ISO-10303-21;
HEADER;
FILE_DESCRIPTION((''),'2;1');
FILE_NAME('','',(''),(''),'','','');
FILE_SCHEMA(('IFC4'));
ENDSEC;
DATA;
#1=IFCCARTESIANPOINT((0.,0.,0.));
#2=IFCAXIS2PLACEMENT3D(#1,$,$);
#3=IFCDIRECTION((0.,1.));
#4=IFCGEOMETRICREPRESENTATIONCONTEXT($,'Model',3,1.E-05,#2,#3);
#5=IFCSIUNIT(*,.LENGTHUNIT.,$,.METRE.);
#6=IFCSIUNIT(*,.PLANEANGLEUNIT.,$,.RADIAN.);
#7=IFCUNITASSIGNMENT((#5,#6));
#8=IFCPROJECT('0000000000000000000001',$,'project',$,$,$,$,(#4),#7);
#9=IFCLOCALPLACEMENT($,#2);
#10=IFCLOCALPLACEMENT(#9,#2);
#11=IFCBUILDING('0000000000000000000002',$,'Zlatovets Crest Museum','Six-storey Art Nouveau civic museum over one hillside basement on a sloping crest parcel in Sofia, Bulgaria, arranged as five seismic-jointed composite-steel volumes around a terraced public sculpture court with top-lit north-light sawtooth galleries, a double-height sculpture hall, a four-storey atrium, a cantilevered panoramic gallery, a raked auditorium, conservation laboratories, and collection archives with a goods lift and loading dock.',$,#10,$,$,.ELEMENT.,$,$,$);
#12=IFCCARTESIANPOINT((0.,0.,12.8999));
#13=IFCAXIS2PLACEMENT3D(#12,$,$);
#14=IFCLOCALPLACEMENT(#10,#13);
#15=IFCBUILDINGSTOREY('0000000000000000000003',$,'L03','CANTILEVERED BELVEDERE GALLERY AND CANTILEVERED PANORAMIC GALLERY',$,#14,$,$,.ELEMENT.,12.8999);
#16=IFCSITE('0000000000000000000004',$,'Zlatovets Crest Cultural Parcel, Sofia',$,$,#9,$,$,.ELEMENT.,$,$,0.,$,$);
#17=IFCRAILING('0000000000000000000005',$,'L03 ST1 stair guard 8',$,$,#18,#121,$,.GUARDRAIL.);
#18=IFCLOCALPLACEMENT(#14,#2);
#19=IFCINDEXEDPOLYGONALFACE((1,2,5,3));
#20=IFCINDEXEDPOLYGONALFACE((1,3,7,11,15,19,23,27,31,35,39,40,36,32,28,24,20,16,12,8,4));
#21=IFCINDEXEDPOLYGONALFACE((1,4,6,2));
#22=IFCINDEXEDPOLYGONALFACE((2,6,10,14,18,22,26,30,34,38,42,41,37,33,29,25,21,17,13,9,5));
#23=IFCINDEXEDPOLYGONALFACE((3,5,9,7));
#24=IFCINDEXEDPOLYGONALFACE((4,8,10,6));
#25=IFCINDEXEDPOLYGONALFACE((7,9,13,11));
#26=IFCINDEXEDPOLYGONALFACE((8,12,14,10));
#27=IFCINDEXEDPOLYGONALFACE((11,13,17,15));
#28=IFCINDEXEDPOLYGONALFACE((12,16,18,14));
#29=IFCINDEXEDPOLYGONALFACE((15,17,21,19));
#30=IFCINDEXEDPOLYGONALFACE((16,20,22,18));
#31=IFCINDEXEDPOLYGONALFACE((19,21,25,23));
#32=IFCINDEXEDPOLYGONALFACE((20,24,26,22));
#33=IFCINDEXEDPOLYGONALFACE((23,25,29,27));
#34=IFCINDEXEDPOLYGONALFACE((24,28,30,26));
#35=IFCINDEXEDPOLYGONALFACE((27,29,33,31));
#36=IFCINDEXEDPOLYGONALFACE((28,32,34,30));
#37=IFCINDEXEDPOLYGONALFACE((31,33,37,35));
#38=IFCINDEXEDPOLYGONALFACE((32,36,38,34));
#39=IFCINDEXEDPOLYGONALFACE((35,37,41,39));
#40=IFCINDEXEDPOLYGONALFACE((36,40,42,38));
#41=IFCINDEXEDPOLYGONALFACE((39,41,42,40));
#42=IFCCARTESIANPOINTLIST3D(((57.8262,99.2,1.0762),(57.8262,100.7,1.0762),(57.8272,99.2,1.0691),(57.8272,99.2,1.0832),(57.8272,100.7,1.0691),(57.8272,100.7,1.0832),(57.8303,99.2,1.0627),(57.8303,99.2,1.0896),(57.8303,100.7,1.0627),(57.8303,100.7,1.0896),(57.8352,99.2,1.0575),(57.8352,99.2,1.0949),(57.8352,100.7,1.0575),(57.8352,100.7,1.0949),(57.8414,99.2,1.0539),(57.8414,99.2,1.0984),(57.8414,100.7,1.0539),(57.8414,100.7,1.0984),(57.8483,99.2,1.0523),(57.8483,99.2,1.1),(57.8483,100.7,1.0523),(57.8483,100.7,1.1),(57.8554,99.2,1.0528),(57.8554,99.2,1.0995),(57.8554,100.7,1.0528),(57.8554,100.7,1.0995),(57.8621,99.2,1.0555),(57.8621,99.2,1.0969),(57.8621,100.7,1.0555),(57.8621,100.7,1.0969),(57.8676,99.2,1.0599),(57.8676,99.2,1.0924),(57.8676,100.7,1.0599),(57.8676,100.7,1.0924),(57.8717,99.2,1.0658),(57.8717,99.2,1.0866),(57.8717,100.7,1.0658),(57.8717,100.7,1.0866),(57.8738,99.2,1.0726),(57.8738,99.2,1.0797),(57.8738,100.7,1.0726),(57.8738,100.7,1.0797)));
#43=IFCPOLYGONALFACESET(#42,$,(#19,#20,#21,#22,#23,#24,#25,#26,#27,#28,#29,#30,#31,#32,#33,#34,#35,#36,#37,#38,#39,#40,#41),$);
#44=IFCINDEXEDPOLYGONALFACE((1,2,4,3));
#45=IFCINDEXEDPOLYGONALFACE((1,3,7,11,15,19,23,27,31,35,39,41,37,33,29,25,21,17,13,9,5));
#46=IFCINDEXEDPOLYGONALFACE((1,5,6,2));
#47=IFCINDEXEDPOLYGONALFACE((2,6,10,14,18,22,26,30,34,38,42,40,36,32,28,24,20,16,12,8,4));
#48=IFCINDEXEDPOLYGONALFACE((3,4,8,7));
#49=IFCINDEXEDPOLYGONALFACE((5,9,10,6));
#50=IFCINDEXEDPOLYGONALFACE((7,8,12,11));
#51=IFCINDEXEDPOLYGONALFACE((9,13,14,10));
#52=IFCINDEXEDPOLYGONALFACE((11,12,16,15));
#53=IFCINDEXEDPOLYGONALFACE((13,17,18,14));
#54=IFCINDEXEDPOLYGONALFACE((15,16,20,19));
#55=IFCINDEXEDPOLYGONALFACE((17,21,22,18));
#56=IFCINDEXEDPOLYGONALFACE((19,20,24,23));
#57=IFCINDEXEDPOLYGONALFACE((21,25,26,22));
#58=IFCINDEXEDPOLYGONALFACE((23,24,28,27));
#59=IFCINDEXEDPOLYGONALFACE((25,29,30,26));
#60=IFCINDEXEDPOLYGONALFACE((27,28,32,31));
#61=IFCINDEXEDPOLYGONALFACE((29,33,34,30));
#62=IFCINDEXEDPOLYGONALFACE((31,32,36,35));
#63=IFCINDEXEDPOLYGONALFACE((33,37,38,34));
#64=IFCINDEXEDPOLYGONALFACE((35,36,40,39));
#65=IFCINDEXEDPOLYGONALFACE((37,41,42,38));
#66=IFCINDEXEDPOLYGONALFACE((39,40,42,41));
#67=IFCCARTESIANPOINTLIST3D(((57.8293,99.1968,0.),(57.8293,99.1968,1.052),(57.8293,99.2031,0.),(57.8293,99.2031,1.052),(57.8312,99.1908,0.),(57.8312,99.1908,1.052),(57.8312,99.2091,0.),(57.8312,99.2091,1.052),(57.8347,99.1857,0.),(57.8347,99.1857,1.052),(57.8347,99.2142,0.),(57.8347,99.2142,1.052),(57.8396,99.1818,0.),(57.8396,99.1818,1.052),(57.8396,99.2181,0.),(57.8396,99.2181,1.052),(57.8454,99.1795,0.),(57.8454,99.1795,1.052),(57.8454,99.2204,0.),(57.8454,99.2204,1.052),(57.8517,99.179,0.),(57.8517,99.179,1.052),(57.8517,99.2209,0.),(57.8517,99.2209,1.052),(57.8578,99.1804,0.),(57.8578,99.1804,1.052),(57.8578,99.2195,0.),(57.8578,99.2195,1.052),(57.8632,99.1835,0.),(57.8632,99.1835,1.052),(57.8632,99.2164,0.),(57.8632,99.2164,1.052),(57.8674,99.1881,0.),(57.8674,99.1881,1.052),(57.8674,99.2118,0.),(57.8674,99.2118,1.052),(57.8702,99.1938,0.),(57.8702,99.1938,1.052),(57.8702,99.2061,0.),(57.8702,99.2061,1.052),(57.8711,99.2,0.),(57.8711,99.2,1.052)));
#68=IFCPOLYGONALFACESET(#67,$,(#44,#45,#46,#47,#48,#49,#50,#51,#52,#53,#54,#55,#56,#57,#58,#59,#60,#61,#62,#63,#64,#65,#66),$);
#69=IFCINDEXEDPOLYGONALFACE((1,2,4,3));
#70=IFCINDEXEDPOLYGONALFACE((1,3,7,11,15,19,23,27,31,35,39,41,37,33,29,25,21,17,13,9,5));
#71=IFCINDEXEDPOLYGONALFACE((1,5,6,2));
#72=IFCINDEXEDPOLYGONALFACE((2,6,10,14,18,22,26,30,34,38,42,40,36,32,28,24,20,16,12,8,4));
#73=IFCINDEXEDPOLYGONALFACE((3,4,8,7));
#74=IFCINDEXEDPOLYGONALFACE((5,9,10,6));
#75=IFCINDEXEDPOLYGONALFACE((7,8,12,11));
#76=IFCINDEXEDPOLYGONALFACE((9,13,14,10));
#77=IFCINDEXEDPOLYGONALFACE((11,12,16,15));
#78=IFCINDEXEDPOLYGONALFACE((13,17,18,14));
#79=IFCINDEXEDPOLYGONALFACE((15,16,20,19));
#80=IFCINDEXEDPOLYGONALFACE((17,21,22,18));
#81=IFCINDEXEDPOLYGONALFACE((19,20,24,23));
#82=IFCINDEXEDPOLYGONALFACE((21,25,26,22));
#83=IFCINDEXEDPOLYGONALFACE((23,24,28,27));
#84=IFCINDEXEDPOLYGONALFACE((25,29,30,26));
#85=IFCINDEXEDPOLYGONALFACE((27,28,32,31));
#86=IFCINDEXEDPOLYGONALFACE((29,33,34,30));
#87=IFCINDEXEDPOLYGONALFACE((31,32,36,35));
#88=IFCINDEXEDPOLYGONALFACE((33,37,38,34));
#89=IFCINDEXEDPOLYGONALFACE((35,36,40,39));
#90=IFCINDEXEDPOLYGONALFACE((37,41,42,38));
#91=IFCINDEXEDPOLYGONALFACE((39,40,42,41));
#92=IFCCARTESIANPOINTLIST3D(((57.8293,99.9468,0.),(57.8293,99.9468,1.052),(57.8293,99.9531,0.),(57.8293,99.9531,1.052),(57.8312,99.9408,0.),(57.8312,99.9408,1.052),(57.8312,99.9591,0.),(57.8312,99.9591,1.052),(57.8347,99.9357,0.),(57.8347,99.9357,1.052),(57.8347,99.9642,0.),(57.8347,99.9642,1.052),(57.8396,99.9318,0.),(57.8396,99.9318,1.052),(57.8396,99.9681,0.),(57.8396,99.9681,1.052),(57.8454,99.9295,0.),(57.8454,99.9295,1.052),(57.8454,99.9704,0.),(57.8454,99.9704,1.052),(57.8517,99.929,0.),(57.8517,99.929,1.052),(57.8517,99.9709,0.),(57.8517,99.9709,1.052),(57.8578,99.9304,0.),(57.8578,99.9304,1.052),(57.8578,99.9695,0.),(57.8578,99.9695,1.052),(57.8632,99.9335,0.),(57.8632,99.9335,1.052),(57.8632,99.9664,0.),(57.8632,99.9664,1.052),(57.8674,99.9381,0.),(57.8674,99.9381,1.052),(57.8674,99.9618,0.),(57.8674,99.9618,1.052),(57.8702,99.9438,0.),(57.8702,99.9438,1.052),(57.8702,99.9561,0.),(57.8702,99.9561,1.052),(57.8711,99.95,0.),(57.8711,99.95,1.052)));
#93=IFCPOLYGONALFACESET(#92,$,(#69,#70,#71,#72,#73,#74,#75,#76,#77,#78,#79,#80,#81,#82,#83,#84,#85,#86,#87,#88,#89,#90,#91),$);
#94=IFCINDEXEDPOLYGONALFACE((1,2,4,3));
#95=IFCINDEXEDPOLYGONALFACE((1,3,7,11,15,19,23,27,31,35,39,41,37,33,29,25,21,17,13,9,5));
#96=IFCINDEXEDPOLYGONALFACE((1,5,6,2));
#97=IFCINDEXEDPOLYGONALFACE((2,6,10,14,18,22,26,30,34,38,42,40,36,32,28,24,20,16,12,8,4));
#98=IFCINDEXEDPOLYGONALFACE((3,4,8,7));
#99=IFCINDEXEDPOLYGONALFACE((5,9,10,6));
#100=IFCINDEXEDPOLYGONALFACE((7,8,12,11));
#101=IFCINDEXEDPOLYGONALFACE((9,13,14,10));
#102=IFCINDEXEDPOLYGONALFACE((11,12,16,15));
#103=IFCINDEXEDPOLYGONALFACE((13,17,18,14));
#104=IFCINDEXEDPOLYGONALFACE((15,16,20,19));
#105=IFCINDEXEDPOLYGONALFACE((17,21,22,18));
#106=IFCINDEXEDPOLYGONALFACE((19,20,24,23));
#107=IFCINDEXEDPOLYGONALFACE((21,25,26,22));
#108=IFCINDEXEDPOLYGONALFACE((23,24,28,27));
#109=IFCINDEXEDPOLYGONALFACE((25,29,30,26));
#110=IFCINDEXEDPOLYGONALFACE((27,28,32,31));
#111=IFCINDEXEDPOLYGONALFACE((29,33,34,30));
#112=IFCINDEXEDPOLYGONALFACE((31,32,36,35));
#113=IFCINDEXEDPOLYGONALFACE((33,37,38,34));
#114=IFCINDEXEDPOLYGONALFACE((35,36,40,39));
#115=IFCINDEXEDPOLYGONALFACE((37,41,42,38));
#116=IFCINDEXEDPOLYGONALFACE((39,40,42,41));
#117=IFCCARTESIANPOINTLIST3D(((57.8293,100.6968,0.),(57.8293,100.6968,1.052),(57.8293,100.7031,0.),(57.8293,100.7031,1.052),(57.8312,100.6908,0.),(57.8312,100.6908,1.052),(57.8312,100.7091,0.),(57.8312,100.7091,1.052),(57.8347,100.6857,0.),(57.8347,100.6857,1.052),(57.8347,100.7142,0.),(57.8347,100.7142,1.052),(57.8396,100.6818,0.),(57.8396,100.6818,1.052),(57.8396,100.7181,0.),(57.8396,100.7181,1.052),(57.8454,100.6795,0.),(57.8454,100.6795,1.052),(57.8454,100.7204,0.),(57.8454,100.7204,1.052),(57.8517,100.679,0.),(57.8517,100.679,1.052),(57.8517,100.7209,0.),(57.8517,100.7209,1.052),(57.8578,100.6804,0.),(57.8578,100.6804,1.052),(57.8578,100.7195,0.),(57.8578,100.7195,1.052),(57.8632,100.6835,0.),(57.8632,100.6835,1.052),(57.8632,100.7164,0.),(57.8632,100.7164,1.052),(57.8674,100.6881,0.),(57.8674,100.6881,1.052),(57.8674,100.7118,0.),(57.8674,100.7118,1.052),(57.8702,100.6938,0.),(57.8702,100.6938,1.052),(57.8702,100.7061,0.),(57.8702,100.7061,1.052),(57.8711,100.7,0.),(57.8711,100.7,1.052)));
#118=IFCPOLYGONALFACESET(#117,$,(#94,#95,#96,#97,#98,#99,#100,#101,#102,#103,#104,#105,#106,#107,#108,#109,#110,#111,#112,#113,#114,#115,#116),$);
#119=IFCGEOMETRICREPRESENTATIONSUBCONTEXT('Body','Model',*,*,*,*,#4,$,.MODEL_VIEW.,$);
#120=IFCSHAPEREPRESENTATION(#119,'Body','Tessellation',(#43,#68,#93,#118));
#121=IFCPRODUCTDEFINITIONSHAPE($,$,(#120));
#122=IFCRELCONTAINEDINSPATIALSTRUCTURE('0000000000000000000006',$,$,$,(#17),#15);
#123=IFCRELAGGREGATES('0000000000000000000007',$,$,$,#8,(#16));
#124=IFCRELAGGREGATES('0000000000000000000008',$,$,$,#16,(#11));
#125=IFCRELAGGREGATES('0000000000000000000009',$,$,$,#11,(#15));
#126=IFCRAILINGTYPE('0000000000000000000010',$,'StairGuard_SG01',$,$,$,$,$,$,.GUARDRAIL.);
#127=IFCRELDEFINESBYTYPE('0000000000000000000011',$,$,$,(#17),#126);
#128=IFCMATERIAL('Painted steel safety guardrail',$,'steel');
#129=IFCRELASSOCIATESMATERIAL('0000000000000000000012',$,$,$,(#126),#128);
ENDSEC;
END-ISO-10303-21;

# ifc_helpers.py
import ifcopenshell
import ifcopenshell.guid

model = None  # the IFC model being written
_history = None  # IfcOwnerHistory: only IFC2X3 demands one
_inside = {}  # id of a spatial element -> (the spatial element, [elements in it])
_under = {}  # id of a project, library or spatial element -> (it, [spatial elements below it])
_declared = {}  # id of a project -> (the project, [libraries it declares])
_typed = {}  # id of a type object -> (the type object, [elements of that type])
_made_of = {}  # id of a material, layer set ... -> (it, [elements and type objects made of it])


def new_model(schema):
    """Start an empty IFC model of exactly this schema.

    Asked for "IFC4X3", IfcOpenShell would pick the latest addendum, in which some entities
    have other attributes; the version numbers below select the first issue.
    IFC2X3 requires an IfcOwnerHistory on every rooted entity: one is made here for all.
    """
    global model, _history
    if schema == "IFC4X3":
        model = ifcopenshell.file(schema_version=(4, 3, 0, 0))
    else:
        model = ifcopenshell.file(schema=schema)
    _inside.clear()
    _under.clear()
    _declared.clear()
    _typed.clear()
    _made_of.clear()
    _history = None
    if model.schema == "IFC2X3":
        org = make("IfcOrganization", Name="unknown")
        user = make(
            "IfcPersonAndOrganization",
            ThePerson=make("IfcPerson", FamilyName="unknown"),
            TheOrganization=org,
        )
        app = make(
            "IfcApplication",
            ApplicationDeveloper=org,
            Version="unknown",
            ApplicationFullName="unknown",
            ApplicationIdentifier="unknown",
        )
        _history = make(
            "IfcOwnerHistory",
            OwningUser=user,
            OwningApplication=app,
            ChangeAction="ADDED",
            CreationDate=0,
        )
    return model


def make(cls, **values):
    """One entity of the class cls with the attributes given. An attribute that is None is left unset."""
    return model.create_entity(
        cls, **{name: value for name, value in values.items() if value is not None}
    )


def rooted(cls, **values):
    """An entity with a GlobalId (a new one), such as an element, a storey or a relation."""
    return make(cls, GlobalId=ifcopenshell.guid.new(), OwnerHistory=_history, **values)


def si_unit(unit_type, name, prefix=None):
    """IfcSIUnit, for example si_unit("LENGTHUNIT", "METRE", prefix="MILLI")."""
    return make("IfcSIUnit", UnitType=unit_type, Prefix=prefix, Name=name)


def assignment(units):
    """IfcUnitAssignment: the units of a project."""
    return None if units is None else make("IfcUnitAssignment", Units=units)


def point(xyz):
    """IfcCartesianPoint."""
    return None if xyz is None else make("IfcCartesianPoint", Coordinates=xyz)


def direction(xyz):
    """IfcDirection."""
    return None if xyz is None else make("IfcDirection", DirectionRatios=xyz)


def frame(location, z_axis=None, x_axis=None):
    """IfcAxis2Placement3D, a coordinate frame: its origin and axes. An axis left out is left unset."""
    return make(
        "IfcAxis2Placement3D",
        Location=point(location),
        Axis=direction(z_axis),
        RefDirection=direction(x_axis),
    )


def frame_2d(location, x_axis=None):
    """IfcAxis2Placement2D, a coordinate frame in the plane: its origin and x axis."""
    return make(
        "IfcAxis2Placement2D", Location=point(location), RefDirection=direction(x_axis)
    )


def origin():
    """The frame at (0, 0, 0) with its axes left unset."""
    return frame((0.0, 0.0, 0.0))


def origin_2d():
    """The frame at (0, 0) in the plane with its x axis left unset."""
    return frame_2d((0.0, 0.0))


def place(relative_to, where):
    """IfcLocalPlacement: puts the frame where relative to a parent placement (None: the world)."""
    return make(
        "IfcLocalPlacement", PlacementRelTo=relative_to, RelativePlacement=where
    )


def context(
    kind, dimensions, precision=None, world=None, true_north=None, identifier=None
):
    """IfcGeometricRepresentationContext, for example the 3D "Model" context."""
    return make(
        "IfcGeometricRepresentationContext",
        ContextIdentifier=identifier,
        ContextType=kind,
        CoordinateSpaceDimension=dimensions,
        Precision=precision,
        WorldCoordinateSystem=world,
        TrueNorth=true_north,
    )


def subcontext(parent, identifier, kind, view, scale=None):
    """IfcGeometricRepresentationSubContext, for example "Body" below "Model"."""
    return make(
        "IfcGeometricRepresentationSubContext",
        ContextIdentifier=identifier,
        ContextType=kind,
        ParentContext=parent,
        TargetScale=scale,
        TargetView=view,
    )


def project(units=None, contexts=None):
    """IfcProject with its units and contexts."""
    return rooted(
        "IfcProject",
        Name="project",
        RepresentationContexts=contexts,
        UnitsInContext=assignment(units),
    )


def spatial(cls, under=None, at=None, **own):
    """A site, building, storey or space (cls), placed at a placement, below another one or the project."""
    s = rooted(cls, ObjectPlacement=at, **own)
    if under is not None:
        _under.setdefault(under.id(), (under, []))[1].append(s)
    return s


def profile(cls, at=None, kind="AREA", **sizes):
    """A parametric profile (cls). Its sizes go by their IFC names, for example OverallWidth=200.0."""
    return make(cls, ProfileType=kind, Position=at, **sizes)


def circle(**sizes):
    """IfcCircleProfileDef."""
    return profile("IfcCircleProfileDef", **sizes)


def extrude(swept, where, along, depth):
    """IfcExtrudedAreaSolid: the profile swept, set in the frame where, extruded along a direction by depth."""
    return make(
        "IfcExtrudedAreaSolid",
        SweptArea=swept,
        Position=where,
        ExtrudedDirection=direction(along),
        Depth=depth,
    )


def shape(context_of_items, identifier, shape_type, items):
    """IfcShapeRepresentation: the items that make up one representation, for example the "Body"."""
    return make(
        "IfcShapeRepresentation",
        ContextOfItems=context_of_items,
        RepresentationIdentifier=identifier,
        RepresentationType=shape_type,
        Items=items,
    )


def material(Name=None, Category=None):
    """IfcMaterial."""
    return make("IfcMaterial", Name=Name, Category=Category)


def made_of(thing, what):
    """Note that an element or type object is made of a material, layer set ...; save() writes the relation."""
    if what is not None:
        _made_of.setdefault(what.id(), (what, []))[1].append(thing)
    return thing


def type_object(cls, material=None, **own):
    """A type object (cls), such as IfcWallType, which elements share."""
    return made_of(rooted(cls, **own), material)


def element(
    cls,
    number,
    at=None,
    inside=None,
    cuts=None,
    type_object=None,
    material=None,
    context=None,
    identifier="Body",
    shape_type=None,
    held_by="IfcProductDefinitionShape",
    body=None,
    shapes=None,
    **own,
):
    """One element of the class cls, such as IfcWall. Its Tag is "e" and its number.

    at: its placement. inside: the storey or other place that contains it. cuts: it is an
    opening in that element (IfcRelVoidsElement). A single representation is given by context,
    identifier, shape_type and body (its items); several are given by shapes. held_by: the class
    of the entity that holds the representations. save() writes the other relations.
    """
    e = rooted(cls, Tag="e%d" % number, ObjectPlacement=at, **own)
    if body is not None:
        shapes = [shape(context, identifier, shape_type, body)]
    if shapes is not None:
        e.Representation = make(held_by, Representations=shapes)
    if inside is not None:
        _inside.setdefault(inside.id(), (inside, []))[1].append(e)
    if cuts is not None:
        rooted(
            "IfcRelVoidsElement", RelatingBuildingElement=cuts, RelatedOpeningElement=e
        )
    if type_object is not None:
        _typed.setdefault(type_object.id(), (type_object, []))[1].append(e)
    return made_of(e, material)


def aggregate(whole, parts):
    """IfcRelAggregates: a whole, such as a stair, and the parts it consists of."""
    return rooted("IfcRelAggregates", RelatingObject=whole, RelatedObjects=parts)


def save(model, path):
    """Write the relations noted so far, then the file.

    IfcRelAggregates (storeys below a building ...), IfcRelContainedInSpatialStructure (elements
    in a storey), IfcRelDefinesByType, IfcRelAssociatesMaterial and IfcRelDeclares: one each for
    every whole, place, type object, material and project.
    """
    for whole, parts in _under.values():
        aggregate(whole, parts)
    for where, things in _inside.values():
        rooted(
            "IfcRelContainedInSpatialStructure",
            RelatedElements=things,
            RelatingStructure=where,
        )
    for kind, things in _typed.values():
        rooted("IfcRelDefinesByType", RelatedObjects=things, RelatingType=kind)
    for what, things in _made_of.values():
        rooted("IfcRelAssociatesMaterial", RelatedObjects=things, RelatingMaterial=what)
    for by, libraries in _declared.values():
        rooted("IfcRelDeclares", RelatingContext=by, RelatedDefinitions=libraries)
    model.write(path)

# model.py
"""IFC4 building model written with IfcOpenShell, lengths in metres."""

from ifc_helpers import new_model, si_unit, direction, frame, origin, origin_2d, place, context, subcontext, project, spatial, circle, extrude, material, type_object, element, save


model = new_model("IFC4")

# Units and contexts
model_context = context("Model", 3, precision=1e-05, world=origin(), true_north=direction((0.0, 1.0)))
body_context = subcontext(model_context, "Body", "Model", "MODEL_VIEW")
ifc_project = project(units=[si_unit("LENGTHUNIT", "METRE"), si_unit("PLANEANGLEUNIT", "RADIAN")], contexts=[model_context])

# Site, building, storey
site_placement = place(None, origin())
site = spatial("IfcSite", under=ifc_project, at=site_placement, Name="Zlatovets Crest Cultural Parcel, Sofia", CompositionType="ELEMENT", RefElevation=0.0)
building_placement = place(site_placement, origin())
building = spatial("IfcBuilding", under=site, at=building_placement, Name="Zlatovets Crest Museum", Description="Six-storey Art Nouveau civic museum over one hillside basement on a sloping crest parcel in Sofia, Bulgaria, arranged as five seismic-jointed composite-steel volumes around a terraced public sculpture court with top-lit north-light sawtooth galleries, a double-height sculpture hall, a four-storey atrium, a cantilevered panoramic gallery, a raked auditorium, conservation laboratories, and collection archives with a goods lift and loading dock.", CompositionType="ELEMENT")
storey_placement = place(building_placement, frame((0.0, 0.0, 12.8999)))
storey = spatial("IfcBuildingStorey", under=building, at=storey_placement, Name="L03", Description="CANTILEVERED BELVEDERE GALLERY AND CANTILEVERED PANORAMIC GALLERY", CompositionType="ELEMENT", Elevation=12.8999)

# Railing
ifc_material_1 = material(Name="Painted steel safety guardrail", Category="steel")
railing_type_1 = type_object("IfcRailingType", Name="StairGuard_SG01", PredefinedType="GUARDRAIL", material=ifc_material_1)
for number, where, name in (
    (1, (57.8501, 99.2, 0.0), "L03 ST1 stair guard 8"),
):
    element("IfcRailing", number, at=place(storey_placement, frame(where)), inside=storey, type_object=railing_type_1, Name=name, PredefinedType="GUARDRAIL", context=body_context, shape_type="SweptSolid", body=[
        extrude(circle(Radius=0.0239, at=origin_2d()), frame((0.0, 0.0, 1.0762), z_axis=(0.0, 1.0, 0.0), x_axis=(-1.0, 0.0, 0.0)), (0.0, 0.0, 1.0), 1.5),
        extrude(circle(Radius=0.021, at=origin_2d()), origin(), (0.0, 0.0, 1.0), 1.052),
        extrude(circle(Radius=0.021, at=origin_2d()), frame((0.0, 0.75, 0.0)), (0.0, 0.0, 1.0), 1.052),
        extrude(circle(Radius=0.021, at=origin_2d()), frame((0.0, 1.5, 0.0)), (0.0, 0.0, 1.0), 1.052),
    ])

save(model, "model.ifc")
